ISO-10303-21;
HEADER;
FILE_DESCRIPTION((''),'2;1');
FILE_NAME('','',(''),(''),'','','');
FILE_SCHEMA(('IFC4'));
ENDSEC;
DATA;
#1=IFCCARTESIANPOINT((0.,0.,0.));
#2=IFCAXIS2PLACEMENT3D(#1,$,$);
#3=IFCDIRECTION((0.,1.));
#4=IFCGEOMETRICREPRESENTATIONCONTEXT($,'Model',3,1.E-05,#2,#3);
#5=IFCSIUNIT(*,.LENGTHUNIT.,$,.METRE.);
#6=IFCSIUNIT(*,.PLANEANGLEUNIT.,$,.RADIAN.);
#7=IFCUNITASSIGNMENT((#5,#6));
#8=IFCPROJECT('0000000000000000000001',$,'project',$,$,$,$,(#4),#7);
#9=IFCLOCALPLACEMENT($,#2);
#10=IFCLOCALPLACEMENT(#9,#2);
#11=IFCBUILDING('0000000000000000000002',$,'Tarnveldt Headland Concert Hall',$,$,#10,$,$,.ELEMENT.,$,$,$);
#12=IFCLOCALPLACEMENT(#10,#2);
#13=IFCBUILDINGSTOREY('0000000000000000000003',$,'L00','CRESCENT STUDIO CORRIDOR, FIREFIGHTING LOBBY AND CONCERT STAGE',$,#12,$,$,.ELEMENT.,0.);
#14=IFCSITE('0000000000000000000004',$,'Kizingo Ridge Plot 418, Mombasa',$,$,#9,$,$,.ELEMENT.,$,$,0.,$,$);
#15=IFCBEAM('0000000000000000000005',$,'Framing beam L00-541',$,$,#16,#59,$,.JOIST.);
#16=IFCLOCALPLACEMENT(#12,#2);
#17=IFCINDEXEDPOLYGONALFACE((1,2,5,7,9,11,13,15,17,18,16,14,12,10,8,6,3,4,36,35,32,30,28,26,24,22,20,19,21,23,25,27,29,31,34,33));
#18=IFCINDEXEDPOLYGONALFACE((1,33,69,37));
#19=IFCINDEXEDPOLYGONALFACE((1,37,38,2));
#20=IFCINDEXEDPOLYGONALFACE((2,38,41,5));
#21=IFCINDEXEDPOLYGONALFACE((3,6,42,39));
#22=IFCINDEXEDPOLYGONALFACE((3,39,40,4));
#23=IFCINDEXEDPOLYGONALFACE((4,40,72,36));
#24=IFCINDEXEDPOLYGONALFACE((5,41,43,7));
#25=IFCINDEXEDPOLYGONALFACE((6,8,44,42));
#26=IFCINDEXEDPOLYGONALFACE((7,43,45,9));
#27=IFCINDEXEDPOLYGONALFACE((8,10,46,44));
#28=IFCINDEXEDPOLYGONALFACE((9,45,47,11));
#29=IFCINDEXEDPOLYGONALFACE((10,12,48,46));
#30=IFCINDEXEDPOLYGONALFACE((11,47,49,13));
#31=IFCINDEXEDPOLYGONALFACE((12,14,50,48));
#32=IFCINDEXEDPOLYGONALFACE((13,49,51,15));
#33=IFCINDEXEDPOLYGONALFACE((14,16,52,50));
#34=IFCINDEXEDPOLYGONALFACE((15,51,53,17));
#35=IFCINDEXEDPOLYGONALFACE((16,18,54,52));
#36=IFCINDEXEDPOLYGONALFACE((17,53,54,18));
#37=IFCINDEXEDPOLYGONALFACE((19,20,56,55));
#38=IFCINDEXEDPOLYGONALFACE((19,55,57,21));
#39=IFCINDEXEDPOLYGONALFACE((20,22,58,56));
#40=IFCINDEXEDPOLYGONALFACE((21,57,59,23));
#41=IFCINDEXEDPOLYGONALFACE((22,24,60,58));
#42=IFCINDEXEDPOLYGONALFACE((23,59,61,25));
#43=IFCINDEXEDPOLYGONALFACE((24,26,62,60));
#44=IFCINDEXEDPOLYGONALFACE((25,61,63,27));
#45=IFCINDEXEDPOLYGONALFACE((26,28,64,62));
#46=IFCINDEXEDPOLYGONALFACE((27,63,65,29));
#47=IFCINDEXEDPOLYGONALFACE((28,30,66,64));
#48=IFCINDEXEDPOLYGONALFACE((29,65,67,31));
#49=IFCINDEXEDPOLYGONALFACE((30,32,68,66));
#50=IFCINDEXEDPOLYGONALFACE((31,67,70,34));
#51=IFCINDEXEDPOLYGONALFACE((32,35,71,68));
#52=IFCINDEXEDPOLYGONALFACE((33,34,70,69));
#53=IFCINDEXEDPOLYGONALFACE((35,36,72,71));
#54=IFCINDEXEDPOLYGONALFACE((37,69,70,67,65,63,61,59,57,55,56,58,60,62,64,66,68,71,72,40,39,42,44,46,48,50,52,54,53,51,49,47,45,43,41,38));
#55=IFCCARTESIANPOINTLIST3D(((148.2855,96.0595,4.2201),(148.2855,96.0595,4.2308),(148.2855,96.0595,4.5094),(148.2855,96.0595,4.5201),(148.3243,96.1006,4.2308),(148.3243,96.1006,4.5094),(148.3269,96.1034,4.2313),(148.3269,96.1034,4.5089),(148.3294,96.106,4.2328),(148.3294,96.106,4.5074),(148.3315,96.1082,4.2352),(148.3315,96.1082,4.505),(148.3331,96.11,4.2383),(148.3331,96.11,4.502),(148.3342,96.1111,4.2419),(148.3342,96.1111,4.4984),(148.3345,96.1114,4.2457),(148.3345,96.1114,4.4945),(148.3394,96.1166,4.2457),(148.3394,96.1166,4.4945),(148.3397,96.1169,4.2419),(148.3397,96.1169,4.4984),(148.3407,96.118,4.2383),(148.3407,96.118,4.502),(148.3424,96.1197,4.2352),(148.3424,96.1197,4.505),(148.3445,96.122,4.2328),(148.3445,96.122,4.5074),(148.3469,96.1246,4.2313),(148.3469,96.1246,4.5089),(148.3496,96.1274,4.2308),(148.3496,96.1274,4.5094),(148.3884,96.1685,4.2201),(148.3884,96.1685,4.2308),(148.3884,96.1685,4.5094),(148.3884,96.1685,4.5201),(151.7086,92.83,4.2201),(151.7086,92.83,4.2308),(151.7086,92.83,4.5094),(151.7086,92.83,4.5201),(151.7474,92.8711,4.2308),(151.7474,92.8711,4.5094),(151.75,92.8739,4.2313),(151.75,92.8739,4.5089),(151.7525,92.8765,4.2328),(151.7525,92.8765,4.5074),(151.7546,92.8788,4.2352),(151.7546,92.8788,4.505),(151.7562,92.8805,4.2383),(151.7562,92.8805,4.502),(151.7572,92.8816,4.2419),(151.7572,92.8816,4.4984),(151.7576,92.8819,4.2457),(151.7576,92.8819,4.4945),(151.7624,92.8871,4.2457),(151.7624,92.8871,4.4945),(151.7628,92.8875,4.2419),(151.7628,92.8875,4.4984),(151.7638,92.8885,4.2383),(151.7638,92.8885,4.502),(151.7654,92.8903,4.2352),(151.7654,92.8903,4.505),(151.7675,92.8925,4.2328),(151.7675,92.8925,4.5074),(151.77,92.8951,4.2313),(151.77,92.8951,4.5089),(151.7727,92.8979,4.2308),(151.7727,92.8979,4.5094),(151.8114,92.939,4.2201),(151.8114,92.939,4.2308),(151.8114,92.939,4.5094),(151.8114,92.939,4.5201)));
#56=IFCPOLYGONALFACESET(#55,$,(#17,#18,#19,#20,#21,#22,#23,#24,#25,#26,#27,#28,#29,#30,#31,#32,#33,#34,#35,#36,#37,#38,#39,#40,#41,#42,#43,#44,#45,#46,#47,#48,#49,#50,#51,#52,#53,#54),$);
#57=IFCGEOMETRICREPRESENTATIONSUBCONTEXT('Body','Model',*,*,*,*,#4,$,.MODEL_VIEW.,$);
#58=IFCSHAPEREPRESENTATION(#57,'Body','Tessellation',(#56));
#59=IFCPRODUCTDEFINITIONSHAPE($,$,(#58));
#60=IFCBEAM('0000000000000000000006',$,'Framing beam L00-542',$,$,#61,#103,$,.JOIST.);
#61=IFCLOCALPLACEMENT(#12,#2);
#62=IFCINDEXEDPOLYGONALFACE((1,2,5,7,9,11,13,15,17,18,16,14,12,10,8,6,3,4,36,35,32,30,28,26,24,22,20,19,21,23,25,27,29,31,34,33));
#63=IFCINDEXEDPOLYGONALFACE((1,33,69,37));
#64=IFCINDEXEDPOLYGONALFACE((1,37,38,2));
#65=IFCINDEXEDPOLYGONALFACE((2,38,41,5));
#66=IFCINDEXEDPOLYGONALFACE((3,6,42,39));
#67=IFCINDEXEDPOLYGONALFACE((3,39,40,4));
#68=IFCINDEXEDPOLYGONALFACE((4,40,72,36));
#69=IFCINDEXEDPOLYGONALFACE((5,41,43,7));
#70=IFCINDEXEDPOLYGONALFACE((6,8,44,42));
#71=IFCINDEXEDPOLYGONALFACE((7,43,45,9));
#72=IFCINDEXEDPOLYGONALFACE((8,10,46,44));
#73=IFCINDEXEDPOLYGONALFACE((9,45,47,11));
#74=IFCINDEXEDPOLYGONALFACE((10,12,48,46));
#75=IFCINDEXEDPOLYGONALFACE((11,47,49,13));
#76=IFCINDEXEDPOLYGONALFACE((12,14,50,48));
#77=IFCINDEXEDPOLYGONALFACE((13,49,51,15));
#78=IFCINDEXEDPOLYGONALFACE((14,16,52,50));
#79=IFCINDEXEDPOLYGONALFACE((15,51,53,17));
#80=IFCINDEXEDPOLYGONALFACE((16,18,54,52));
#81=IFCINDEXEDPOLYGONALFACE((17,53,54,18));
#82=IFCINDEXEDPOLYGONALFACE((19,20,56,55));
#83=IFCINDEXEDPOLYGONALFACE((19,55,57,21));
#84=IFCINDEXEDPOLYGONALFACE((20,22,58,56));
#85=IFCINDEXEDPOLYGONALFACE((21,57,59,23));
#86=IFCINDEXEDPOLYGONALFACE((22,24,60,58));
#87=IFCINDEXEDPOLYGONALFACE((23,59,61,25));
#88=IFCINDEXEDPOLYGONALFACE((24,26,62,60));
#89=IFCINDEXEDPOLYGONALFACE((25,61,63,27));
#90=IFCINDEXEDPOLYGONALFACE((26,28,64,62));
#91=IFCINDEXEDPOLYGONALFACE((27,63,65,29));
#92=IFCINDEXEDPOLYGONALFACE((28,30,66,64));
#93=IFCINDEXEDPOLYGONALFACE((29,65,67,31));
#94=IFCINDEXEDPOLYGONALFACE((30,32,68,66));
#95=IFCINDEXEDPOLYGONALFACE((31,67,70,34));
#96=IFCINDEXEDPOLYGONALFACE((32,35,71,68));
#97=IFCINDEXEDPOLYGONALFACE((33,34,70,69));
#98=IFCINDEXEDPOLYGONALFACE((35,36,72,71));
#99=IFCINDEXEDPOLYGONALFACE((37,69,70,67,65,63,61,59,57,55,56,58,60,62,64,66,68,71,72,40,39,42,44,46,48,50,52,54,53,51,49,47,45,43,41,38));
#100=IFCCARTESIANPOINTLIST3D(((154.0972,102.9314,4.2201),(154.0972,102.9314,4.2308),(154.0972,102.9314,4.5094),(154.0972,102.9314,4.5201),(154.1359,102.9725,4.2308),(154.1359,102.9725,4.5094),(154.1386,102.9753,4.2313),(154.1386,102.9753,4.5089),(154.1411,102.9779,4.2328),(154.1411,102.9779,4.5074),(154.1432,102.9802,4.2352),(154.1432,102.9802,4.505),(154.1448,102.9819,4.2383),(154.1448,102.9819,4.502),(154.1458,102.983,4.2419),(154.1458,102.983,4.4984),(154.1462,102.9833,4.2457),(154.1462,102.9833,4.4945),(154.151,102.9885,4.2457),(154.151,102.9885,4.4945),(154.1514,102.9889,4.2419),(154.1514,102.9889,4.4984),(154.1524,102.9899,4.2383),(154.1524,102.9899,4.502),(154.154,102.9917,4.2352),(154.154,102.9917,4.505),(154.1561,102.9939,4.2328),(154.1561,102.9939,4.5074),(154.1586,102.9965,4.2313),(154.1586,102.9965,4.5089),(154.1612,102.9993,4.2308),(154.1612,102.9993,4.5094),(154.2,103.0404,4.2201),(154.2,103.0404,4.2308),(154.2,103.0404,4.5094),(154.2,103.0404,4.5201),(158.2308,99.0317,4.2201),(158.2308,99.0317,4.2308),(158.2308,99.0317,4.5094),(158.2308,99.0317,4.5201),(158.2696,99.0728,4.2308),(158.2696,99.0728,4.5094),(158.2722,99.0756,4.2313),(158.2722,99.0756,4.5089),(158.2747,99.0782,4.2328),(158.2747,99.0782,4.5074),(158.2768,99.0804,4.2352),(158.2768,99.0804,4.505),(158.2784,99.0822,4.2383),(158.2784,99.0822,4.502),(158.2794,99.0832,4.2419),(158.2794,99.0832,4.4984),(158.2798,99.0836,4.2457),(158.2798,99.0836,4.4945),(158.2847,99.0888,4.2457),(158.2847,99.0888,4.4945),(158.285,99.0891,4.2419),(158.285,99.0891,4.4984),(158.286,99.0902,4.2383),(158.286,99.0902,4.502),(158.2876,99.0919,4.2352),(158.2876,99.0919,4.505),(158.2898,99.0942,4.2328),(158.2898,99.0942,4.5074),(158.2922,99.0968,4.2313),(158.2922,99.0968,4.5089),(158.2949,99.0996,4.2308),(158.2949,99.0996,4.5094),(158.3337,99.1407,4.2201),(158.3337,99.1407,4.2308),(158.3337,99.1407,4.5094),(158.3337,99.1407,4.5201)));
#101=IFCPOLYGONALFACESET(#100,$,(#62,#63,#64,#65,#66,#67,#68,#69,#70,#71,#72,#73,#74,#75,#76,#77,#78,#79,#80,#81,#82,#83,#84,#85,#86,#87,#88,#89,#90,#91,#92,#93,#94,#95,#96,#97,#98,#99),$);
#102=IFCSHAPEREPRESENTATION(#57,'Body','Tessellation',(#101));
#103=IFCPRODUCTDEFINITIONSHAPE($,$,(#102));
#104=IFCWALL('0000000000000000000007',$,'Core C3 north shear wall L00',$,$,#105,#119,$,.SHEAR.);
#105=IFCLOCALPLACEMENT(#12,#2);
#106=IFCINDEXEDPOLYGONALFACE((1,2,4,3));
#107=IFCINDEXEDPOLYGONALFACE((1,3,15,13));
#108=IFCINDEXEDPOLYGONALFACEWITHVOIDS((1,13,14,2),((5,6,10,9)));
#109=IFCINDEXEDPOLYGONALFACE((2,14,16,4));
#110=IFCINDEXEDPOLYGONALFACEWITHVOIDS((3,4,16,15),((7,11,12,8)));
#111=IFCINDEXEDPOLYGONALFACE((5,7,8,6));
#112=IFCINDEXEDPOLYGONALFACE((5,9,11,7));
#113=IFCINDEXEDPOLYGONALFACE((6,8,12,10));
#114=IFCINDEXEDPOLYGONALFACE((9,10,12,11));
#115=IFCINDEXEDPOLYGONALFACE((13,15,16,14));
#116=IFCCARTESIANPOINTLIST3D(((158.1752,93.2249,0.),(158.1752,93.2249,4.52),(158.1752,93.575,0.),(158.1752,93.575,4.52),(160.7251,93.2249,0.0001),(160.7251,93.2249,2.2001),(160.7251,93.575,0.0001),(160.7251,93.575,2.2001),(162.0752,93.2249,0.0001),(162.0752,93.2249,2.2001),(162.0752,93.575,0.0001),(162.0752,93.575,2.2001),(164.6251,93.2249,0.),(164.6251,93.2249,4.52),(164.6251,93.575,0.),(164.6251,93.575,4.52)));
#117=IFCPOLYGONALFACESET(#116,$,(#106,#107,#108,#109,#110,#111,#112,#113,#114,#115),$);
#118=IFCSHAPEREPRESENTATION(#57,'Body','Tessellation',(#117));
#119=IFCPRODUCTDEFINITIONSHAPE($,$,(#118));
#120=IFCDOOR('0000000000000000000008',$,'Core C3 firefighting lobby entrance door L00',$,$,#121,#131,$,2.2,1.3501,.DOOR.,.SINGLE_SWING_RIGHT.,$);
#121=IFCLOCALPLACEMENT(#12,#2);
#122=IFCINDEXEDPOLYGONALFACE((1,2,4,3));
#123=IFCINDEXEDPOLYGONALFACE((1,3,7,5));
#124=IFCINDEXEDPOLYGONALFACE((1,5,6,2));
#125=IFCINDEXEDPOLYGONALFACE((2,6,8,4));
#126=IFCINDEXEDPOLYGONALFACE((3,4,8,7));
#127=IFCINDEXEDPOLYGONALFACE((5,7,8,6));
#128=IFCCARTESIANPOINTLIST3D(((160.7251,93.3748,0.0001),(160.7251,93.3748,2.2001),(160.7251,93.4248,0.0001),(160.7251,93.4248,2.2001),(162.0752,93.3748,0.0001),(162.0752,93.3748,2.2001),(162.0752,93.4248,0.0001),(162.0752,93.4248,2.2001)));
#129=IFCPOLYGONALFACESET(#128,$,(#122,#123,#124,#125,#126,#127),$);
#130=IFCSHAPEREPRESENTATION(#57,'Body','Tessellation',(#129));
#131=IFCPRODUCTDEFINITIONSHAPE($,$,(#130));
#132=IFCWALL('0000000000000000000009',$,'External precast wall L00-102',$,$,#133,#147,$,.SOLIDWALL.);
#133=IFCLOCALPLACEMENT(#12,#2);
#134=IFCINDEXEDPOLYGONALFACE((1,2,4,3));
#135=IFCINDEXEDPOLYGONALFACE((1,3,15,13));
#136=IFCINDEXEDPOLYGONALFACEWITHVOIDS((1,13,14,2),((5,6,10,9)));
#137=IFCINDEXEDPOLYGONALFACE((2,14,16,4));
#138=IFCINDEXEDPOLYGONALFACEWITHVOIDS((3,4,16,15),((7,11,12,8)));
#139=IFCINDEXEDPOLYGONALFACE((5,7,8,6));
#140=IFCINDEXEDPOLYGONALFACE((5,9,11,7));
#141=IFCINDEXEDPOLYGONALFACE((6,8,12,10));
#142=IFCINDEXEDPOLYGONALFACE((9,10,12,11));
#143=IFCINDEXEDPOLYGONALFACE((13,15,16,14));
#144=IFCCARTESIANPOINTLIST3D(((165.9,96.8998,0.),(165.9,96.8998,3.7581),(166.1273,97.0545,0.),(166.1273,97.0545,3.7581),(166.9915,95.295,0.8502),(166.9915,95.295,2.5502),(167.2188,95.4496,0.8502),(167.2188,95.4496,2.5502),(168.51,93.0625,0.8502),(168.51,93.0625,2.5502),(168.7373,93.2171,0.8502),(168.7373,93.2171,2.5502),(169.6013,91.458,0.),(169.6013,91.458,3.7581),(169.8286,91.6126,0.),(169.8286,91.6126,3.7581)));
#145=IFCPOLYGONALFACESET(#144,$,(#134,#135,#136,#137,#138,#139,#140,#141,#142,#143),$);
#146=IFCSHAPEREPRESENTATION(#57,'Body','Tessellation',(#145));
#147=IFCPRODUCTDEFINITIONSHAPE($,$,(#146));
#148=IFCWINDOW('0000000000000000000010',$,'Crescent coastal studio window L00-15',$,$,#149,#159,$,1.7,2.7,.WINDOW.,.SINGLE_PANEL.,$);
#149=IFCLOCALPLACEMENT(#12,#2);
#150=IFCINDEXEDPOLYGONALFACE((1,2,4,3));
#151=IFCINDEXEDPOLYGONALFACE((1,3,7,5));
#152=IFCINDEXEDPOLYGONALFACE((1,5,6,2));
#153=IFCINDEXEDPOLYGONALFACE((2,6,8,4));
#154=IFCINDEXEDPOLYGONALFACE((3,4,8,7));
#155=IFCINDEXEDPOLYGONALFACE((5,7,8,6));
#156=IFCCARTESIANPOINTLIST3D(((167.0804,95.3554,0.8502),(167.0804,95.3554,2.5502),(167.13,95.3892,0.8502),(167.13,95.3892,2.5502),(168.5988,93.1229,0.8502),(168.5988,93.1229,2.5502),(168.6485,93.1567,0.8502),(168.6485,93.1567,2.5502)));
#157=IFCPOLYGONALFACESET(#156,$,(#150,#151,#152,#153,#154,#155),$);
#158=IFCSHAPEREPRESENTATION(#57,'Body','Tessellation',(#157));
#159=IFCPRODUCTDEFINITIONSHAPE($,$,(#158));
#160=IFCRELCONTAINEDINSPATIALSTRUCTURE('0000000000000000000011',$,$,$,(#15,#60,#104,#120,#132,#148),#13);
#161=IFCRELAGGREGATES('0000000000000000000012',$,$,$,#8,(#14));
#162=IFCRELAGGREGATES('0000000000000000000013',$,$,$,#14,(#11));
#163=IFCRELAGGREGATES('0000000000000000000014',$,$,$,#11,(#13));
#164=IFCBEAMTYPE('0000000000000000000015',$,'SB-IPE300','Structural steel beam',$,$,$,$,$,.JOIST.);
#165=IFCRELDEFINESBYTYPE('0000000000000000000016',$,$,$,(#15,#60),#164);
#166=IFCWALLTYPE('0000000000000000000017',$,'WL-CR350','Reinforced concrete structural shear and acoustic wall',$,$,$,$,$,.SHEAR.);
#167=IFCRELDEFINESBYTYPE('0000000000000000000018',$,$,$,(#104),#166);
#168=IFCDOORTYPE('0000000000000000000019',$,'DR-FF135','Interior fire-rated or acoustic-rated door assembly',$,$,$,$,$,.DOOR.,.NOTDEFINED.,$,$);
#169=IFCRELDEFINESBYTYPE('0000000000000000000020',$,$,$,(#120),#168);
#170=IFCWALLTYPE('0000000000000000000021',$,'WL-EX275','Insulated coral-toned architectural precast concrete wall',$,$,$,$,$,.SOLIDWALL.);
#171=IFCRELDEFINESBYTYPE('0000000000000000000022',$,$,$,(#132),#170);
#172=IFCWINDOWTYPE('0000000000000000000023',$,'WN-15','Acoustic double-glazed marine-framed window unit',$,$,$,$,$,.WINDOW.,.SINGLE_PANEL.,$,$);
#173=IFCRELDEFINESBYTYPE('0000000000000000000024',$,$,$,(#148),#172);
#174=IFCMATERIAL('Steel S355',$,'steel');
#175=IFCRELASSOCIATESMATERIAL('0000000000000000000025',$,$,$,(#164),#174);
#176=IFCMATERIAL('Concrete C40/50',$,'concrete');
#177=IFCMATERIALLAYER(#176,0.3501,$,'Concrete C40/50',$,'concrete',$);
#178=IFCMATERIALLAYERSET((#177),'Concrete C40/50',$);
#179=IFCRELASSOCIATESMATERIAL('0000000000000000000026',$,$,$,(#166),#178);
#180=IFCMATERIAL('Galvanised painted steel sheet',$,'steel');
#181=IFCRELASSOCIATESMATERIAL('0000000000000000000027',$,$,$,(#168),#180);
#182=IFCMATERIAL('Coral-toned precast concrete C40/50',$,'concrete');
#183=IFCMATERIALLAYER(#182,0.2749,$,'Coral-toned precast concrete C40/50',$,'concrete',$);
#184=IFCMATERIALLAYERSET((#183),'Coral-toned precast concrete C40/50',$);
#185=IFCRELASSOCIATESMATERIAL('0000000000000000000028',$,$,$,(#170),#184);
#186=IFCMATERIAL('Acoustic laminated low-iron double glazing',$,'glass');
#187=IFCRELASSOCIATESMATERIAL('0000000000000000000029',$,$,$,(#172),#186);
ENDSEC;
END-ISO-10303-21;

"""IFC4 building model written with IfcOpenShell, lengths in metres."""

from ifc_helpers import new_model, si_unit, direction, frame, frame_2d, origin, origin_2d, place, context, subcontext, project, spatial, rectangle, i_section, extrude, material, layer, layer_set, material_profile, profile_set, type_object, element, fill, save


model = new_model("IFC4")

# Units and contexts
model_context = context("Model", 3, precision=1e-05, world=origin(), true_north=direction((0.0, 1.0)))
body_context = subcontext(model_context, "Body", "Model", "MODEL_VIEW")
ifc_project = project(units=[si_unit("LENGTHUNIT", "METRE"), si_unit("PLANEANGLEUNIT", "RADIAN")], contexts=[model_context])

# Site, building, storey
site_placement = place(None, origin())
site = spatial("IfcSite", under=ifc_project, at=site_placement, Name="Kizingo Ridge Plot 418, Mombasa", CompositionType="ELEMENT", RefElevation=0.0)
building_placement = place(site_placement, origin())
building = spatial("IfcBuilding", under=site, at=building_placement, Name="Tarnveldt Headland Concert Hall", CompositionType="ELEMENT")
storey_placement = place(building_placement, origin())
storey = spatial("IfcBuildingStorey", under=building, at=storey_placement, Name="L00", Description="CRESCENT STUDIO CORRIDOR, FIREFIGHTING LOBBY AND CONCERT STAGE", CompositionType="ELEMENT", Elevation=0.0)

# Shared definitions
ifc_material_1 = material(Name="Concrete C40/50", Category="concrete")

# Beams
ifc_material_2 = material(Name="Steel S355", Category="steel")
ifc_material_profile_1 = material_profile(ifc_material_2, i_section(OverallWidth=0.1499, OverallDepth=0.3, WebThickness=0.0071, FlangeThickness=0.0107, FilletRadius=0.0149, at=origin_2d()), Name="IPE300", Category="steel")
ifc_profile_set_1 = profile_set([ifc_material_profile_1], Name="Steel S355")
beam_type_1 = type_object("IfcBeamType", Name="SB-IPE300", Description="Structural steel beam", PredefinedType="JOIST", material=ifc_profile_set_1)
beam_1_placement = place(storey_placement, frame((151.76, 92.8845, 4.3701), z_axis=(-0.727377, 0.686238, 0.0), x_axis=(-0.686238, -0.727377, 0.0)))
element("IfcBeam", 1, at=beam_1_placement, inside=storey, type_object=beam_type_1, Name="Framing beam L00-541", PredefinedType="JOIST", context=body_context, shape_type="SweptSolid", body=[
    extrude(i_section(OverallWidth=0.1499, OverallDepth=0.3, WebThickness=0.0071, FlangeThickness=0.0107, FilletRadius=0.0149, at=origin_2d()), origin(), (0.0, 0.0, 1.0), 4.7061),
])
beam_2_placement = place(storey_placement, frame((158.2822, 99.0862, 4.3701), z_axis=(-0.727386, 0.686229, 0.0), x_axis=(-0.686229, -0.727386, 0.0)))
element("IfcBeam", 2, at=beam_2_placement, inside=storey, type_object=beam_type_1, Name="Framing beam L00-542", PredefinedType="JOIST", context=body_context, shape_type="SweptSolid", body=[
    extrude(i_section(OverallWidth=0.1499, OverallDepth=0.3, WebThickness=0.0071, FlangeThickness=0.0107, FilletRadius=0.0149, at=origin_2d()), origin(), (0.0, 0.0, 1.0), 5.6829),
])

# Wall, opening, door
ifc_layer_1 = layer(ifc_material_1, 0.3501, Name="Concrete C40/50", Category="concrete")
ifc_layer_set_1 = layer_set([ifc_layer_1], Name="Concrete C40/50")
wall_type_1 = type_object("IfcWallType", Name="WL-CR350", Description="Reinforced concrete structural shear and acoustic wall", PredefinedType="SHEAR", material=ifc_layer_set_1)
wall_1_placement = place(storey_placement, frame((158.175, 93.3999, 0.0), z_axis=(0.0, 0.0, 1.0), x_axis=(1.0, 0.0, 0.0)))
wall_1 = element("IfcWall", 3, at=wall_1_placement, inside=storey, type_object=wall_type_1, Name="Core C3 north shear wall L00", PredefinedType="SHEAR", context=body_context, shape_type="SweptSolid", body=[
    extrude(rectangle(XDim=6.45, YDim=0.3501, at=frame_2d((3.2251, 0.0))), origin(), (0.0, 0.0, 1.0), 4.52),
])
opening_1_placement = place(wall_1_placement, frame((2.55, 0.0, 0.0)))
opening_1 = element("IfcOpeningElement", 4, at=opening_1_placement, cuts=wall_1, PredefinedType="OPENING", context=body_context, shape_type="SweptSolid", body=[
    extrude(rectangle(XDim=1.3501, YDim=2.2, at=frame_2d((0.675, 1.1001))), frame((0.0, 0.1851, 0.0), z_axis=(0.0, -1.0, 0.0), x_axis=(1.0, 0.0, 0.0)), (0.0, 0.0, 1.0), 0.3701),
])
ifc_material_3 = material(Name="Galvanised painted steel sheet", Category="steel")
door_type_1 = type_object("IfcDoorType", Name="DR-FF135", Description="Interior fire-rated or acoustic-rated door assembly", OperationType="NOTDEFINED", PredefinedType="DOOR", material=ifc_material_3)
door_1_placement = place(opening_1_placement, origin())
door_1 = element("IfcDoor", 5, at=door_1_placement, inside=storey, type_object=door_type_1, Name="Core C3 firefighting lobby entrance door L00", OperationType="SINGLE_SWING_RIGHT", OverallHeight=2.2, OverallWidth=1.3501, PredefinedType="DOOR", context=body_context, shape_type="SweptSolid", body=[
    extrude(rectangle(XDim=1.3501, YDim=2.2, at=frame_2d((0.675, 1.1001))), frame((0.0, 0.0249, 0.0), z_axis=(0.0, -1.0, 0.0), x_axis=(1.0, 0.0, 0.0)), (0.0, 0.0, 1.0), 0.05),
])
fill(opening_1, door_1)

# Wall, opening, window
ifc_material_4 = material(Name="Coral-toned precast concrete C40/50", Category="concrete")
ifc_layer_2 = layer(ifc_material_4, 0.2749, Name="Coral-toned precast concrete C40/50", Category="concrete")
ifc_layer_set_2 = layer_set([ifc_layer_2], Name="Coral-toned precast concrete C40/50")
wall_type_2 = type_object("IfcWallType", Name="WL-EX275", Description="Insulated coral-toned architectural precast concrete wall", PredefinedType="SOLIDWALL", material=ifc_layer_set_2)
wall_2_placement = place(storey_placement, frame((166.0137, 96.9771, 0.0), z_axis=(0.0, 0.0, 1.0), x_axis=(0.562406, -0.826861, 0.0)))
wall_2 = element("IfcWall", 6, at=wall_2_placement, inside=storey, type_object=wall_type_2, Name="External precast wall L00-102", PredefinedType="SOLIDWALL", context=body_context, shape_type="SweptSolid", body=[
    extrude(rectangle(XDim=6.5813, YDim=0.2749, at=frame_2d((3.2905, 0.0))), origin(), (0.0, 0.0, 1.0), 3.7581),
])
opening_2_placement = place(wall_2_placement, frame((1.9407, 0.0, 0.8501)))
opening_2 = element("IfcOpeningElement", 7, at=opening_2_placement, cuts=wall_2, PredefinedType="OPENING", context=body_context, shape_type="SweptSolid", body=[
    extrude(rectangle(XDim=2.7, YDim=1.7, at=frame_2d((1.3501, 0.8501))), frame((0.0, 0.1475, 0.0), z_axis=(0.0, -1.0, 0.0), x_axis=(1.0, 0.0, 0.0)), (0.0, 0.0, 1.0), 0.2949),
])
ifc_material_5 = material(Name="Acoustic laminated low-iron double glazing", Category="glass")
window_type = type_object("IfcWindowType", Name="WN-15", Description="Acoustic double-glazed marine-framed window unit", PartitioningType="SINGLE_PANEL", PredefinedType="WINDOW", material=ifc_material_5)
window_placement = place(opening_2_placement, origin())
window = element("IfcWindow", 8, at=window_placement, inside=storey, type_object=window_type, Name="Crescent coastal studio window L00-15", OverallHeight=1.7, OverallWidth=2.7, PartitioningType="SINGLE_PANEL", PredefinedType="WINDOW", context=body_context, shape_type="SweptSolid", body=[
    extrude(rectangle(XDim=2.7, YDim=1.7, at=frame_2d((1.3501, 0.8501))), frame((0.0, 0.03, 0.0), z_axis=(0.0, -1.0, 0.0), x_axis=(1.0, 0.0, 0.0)), (0.0, 0.0, 1.0), 0.0601),
])
fill(opening_2, window)

save(model, "model.ifc")
